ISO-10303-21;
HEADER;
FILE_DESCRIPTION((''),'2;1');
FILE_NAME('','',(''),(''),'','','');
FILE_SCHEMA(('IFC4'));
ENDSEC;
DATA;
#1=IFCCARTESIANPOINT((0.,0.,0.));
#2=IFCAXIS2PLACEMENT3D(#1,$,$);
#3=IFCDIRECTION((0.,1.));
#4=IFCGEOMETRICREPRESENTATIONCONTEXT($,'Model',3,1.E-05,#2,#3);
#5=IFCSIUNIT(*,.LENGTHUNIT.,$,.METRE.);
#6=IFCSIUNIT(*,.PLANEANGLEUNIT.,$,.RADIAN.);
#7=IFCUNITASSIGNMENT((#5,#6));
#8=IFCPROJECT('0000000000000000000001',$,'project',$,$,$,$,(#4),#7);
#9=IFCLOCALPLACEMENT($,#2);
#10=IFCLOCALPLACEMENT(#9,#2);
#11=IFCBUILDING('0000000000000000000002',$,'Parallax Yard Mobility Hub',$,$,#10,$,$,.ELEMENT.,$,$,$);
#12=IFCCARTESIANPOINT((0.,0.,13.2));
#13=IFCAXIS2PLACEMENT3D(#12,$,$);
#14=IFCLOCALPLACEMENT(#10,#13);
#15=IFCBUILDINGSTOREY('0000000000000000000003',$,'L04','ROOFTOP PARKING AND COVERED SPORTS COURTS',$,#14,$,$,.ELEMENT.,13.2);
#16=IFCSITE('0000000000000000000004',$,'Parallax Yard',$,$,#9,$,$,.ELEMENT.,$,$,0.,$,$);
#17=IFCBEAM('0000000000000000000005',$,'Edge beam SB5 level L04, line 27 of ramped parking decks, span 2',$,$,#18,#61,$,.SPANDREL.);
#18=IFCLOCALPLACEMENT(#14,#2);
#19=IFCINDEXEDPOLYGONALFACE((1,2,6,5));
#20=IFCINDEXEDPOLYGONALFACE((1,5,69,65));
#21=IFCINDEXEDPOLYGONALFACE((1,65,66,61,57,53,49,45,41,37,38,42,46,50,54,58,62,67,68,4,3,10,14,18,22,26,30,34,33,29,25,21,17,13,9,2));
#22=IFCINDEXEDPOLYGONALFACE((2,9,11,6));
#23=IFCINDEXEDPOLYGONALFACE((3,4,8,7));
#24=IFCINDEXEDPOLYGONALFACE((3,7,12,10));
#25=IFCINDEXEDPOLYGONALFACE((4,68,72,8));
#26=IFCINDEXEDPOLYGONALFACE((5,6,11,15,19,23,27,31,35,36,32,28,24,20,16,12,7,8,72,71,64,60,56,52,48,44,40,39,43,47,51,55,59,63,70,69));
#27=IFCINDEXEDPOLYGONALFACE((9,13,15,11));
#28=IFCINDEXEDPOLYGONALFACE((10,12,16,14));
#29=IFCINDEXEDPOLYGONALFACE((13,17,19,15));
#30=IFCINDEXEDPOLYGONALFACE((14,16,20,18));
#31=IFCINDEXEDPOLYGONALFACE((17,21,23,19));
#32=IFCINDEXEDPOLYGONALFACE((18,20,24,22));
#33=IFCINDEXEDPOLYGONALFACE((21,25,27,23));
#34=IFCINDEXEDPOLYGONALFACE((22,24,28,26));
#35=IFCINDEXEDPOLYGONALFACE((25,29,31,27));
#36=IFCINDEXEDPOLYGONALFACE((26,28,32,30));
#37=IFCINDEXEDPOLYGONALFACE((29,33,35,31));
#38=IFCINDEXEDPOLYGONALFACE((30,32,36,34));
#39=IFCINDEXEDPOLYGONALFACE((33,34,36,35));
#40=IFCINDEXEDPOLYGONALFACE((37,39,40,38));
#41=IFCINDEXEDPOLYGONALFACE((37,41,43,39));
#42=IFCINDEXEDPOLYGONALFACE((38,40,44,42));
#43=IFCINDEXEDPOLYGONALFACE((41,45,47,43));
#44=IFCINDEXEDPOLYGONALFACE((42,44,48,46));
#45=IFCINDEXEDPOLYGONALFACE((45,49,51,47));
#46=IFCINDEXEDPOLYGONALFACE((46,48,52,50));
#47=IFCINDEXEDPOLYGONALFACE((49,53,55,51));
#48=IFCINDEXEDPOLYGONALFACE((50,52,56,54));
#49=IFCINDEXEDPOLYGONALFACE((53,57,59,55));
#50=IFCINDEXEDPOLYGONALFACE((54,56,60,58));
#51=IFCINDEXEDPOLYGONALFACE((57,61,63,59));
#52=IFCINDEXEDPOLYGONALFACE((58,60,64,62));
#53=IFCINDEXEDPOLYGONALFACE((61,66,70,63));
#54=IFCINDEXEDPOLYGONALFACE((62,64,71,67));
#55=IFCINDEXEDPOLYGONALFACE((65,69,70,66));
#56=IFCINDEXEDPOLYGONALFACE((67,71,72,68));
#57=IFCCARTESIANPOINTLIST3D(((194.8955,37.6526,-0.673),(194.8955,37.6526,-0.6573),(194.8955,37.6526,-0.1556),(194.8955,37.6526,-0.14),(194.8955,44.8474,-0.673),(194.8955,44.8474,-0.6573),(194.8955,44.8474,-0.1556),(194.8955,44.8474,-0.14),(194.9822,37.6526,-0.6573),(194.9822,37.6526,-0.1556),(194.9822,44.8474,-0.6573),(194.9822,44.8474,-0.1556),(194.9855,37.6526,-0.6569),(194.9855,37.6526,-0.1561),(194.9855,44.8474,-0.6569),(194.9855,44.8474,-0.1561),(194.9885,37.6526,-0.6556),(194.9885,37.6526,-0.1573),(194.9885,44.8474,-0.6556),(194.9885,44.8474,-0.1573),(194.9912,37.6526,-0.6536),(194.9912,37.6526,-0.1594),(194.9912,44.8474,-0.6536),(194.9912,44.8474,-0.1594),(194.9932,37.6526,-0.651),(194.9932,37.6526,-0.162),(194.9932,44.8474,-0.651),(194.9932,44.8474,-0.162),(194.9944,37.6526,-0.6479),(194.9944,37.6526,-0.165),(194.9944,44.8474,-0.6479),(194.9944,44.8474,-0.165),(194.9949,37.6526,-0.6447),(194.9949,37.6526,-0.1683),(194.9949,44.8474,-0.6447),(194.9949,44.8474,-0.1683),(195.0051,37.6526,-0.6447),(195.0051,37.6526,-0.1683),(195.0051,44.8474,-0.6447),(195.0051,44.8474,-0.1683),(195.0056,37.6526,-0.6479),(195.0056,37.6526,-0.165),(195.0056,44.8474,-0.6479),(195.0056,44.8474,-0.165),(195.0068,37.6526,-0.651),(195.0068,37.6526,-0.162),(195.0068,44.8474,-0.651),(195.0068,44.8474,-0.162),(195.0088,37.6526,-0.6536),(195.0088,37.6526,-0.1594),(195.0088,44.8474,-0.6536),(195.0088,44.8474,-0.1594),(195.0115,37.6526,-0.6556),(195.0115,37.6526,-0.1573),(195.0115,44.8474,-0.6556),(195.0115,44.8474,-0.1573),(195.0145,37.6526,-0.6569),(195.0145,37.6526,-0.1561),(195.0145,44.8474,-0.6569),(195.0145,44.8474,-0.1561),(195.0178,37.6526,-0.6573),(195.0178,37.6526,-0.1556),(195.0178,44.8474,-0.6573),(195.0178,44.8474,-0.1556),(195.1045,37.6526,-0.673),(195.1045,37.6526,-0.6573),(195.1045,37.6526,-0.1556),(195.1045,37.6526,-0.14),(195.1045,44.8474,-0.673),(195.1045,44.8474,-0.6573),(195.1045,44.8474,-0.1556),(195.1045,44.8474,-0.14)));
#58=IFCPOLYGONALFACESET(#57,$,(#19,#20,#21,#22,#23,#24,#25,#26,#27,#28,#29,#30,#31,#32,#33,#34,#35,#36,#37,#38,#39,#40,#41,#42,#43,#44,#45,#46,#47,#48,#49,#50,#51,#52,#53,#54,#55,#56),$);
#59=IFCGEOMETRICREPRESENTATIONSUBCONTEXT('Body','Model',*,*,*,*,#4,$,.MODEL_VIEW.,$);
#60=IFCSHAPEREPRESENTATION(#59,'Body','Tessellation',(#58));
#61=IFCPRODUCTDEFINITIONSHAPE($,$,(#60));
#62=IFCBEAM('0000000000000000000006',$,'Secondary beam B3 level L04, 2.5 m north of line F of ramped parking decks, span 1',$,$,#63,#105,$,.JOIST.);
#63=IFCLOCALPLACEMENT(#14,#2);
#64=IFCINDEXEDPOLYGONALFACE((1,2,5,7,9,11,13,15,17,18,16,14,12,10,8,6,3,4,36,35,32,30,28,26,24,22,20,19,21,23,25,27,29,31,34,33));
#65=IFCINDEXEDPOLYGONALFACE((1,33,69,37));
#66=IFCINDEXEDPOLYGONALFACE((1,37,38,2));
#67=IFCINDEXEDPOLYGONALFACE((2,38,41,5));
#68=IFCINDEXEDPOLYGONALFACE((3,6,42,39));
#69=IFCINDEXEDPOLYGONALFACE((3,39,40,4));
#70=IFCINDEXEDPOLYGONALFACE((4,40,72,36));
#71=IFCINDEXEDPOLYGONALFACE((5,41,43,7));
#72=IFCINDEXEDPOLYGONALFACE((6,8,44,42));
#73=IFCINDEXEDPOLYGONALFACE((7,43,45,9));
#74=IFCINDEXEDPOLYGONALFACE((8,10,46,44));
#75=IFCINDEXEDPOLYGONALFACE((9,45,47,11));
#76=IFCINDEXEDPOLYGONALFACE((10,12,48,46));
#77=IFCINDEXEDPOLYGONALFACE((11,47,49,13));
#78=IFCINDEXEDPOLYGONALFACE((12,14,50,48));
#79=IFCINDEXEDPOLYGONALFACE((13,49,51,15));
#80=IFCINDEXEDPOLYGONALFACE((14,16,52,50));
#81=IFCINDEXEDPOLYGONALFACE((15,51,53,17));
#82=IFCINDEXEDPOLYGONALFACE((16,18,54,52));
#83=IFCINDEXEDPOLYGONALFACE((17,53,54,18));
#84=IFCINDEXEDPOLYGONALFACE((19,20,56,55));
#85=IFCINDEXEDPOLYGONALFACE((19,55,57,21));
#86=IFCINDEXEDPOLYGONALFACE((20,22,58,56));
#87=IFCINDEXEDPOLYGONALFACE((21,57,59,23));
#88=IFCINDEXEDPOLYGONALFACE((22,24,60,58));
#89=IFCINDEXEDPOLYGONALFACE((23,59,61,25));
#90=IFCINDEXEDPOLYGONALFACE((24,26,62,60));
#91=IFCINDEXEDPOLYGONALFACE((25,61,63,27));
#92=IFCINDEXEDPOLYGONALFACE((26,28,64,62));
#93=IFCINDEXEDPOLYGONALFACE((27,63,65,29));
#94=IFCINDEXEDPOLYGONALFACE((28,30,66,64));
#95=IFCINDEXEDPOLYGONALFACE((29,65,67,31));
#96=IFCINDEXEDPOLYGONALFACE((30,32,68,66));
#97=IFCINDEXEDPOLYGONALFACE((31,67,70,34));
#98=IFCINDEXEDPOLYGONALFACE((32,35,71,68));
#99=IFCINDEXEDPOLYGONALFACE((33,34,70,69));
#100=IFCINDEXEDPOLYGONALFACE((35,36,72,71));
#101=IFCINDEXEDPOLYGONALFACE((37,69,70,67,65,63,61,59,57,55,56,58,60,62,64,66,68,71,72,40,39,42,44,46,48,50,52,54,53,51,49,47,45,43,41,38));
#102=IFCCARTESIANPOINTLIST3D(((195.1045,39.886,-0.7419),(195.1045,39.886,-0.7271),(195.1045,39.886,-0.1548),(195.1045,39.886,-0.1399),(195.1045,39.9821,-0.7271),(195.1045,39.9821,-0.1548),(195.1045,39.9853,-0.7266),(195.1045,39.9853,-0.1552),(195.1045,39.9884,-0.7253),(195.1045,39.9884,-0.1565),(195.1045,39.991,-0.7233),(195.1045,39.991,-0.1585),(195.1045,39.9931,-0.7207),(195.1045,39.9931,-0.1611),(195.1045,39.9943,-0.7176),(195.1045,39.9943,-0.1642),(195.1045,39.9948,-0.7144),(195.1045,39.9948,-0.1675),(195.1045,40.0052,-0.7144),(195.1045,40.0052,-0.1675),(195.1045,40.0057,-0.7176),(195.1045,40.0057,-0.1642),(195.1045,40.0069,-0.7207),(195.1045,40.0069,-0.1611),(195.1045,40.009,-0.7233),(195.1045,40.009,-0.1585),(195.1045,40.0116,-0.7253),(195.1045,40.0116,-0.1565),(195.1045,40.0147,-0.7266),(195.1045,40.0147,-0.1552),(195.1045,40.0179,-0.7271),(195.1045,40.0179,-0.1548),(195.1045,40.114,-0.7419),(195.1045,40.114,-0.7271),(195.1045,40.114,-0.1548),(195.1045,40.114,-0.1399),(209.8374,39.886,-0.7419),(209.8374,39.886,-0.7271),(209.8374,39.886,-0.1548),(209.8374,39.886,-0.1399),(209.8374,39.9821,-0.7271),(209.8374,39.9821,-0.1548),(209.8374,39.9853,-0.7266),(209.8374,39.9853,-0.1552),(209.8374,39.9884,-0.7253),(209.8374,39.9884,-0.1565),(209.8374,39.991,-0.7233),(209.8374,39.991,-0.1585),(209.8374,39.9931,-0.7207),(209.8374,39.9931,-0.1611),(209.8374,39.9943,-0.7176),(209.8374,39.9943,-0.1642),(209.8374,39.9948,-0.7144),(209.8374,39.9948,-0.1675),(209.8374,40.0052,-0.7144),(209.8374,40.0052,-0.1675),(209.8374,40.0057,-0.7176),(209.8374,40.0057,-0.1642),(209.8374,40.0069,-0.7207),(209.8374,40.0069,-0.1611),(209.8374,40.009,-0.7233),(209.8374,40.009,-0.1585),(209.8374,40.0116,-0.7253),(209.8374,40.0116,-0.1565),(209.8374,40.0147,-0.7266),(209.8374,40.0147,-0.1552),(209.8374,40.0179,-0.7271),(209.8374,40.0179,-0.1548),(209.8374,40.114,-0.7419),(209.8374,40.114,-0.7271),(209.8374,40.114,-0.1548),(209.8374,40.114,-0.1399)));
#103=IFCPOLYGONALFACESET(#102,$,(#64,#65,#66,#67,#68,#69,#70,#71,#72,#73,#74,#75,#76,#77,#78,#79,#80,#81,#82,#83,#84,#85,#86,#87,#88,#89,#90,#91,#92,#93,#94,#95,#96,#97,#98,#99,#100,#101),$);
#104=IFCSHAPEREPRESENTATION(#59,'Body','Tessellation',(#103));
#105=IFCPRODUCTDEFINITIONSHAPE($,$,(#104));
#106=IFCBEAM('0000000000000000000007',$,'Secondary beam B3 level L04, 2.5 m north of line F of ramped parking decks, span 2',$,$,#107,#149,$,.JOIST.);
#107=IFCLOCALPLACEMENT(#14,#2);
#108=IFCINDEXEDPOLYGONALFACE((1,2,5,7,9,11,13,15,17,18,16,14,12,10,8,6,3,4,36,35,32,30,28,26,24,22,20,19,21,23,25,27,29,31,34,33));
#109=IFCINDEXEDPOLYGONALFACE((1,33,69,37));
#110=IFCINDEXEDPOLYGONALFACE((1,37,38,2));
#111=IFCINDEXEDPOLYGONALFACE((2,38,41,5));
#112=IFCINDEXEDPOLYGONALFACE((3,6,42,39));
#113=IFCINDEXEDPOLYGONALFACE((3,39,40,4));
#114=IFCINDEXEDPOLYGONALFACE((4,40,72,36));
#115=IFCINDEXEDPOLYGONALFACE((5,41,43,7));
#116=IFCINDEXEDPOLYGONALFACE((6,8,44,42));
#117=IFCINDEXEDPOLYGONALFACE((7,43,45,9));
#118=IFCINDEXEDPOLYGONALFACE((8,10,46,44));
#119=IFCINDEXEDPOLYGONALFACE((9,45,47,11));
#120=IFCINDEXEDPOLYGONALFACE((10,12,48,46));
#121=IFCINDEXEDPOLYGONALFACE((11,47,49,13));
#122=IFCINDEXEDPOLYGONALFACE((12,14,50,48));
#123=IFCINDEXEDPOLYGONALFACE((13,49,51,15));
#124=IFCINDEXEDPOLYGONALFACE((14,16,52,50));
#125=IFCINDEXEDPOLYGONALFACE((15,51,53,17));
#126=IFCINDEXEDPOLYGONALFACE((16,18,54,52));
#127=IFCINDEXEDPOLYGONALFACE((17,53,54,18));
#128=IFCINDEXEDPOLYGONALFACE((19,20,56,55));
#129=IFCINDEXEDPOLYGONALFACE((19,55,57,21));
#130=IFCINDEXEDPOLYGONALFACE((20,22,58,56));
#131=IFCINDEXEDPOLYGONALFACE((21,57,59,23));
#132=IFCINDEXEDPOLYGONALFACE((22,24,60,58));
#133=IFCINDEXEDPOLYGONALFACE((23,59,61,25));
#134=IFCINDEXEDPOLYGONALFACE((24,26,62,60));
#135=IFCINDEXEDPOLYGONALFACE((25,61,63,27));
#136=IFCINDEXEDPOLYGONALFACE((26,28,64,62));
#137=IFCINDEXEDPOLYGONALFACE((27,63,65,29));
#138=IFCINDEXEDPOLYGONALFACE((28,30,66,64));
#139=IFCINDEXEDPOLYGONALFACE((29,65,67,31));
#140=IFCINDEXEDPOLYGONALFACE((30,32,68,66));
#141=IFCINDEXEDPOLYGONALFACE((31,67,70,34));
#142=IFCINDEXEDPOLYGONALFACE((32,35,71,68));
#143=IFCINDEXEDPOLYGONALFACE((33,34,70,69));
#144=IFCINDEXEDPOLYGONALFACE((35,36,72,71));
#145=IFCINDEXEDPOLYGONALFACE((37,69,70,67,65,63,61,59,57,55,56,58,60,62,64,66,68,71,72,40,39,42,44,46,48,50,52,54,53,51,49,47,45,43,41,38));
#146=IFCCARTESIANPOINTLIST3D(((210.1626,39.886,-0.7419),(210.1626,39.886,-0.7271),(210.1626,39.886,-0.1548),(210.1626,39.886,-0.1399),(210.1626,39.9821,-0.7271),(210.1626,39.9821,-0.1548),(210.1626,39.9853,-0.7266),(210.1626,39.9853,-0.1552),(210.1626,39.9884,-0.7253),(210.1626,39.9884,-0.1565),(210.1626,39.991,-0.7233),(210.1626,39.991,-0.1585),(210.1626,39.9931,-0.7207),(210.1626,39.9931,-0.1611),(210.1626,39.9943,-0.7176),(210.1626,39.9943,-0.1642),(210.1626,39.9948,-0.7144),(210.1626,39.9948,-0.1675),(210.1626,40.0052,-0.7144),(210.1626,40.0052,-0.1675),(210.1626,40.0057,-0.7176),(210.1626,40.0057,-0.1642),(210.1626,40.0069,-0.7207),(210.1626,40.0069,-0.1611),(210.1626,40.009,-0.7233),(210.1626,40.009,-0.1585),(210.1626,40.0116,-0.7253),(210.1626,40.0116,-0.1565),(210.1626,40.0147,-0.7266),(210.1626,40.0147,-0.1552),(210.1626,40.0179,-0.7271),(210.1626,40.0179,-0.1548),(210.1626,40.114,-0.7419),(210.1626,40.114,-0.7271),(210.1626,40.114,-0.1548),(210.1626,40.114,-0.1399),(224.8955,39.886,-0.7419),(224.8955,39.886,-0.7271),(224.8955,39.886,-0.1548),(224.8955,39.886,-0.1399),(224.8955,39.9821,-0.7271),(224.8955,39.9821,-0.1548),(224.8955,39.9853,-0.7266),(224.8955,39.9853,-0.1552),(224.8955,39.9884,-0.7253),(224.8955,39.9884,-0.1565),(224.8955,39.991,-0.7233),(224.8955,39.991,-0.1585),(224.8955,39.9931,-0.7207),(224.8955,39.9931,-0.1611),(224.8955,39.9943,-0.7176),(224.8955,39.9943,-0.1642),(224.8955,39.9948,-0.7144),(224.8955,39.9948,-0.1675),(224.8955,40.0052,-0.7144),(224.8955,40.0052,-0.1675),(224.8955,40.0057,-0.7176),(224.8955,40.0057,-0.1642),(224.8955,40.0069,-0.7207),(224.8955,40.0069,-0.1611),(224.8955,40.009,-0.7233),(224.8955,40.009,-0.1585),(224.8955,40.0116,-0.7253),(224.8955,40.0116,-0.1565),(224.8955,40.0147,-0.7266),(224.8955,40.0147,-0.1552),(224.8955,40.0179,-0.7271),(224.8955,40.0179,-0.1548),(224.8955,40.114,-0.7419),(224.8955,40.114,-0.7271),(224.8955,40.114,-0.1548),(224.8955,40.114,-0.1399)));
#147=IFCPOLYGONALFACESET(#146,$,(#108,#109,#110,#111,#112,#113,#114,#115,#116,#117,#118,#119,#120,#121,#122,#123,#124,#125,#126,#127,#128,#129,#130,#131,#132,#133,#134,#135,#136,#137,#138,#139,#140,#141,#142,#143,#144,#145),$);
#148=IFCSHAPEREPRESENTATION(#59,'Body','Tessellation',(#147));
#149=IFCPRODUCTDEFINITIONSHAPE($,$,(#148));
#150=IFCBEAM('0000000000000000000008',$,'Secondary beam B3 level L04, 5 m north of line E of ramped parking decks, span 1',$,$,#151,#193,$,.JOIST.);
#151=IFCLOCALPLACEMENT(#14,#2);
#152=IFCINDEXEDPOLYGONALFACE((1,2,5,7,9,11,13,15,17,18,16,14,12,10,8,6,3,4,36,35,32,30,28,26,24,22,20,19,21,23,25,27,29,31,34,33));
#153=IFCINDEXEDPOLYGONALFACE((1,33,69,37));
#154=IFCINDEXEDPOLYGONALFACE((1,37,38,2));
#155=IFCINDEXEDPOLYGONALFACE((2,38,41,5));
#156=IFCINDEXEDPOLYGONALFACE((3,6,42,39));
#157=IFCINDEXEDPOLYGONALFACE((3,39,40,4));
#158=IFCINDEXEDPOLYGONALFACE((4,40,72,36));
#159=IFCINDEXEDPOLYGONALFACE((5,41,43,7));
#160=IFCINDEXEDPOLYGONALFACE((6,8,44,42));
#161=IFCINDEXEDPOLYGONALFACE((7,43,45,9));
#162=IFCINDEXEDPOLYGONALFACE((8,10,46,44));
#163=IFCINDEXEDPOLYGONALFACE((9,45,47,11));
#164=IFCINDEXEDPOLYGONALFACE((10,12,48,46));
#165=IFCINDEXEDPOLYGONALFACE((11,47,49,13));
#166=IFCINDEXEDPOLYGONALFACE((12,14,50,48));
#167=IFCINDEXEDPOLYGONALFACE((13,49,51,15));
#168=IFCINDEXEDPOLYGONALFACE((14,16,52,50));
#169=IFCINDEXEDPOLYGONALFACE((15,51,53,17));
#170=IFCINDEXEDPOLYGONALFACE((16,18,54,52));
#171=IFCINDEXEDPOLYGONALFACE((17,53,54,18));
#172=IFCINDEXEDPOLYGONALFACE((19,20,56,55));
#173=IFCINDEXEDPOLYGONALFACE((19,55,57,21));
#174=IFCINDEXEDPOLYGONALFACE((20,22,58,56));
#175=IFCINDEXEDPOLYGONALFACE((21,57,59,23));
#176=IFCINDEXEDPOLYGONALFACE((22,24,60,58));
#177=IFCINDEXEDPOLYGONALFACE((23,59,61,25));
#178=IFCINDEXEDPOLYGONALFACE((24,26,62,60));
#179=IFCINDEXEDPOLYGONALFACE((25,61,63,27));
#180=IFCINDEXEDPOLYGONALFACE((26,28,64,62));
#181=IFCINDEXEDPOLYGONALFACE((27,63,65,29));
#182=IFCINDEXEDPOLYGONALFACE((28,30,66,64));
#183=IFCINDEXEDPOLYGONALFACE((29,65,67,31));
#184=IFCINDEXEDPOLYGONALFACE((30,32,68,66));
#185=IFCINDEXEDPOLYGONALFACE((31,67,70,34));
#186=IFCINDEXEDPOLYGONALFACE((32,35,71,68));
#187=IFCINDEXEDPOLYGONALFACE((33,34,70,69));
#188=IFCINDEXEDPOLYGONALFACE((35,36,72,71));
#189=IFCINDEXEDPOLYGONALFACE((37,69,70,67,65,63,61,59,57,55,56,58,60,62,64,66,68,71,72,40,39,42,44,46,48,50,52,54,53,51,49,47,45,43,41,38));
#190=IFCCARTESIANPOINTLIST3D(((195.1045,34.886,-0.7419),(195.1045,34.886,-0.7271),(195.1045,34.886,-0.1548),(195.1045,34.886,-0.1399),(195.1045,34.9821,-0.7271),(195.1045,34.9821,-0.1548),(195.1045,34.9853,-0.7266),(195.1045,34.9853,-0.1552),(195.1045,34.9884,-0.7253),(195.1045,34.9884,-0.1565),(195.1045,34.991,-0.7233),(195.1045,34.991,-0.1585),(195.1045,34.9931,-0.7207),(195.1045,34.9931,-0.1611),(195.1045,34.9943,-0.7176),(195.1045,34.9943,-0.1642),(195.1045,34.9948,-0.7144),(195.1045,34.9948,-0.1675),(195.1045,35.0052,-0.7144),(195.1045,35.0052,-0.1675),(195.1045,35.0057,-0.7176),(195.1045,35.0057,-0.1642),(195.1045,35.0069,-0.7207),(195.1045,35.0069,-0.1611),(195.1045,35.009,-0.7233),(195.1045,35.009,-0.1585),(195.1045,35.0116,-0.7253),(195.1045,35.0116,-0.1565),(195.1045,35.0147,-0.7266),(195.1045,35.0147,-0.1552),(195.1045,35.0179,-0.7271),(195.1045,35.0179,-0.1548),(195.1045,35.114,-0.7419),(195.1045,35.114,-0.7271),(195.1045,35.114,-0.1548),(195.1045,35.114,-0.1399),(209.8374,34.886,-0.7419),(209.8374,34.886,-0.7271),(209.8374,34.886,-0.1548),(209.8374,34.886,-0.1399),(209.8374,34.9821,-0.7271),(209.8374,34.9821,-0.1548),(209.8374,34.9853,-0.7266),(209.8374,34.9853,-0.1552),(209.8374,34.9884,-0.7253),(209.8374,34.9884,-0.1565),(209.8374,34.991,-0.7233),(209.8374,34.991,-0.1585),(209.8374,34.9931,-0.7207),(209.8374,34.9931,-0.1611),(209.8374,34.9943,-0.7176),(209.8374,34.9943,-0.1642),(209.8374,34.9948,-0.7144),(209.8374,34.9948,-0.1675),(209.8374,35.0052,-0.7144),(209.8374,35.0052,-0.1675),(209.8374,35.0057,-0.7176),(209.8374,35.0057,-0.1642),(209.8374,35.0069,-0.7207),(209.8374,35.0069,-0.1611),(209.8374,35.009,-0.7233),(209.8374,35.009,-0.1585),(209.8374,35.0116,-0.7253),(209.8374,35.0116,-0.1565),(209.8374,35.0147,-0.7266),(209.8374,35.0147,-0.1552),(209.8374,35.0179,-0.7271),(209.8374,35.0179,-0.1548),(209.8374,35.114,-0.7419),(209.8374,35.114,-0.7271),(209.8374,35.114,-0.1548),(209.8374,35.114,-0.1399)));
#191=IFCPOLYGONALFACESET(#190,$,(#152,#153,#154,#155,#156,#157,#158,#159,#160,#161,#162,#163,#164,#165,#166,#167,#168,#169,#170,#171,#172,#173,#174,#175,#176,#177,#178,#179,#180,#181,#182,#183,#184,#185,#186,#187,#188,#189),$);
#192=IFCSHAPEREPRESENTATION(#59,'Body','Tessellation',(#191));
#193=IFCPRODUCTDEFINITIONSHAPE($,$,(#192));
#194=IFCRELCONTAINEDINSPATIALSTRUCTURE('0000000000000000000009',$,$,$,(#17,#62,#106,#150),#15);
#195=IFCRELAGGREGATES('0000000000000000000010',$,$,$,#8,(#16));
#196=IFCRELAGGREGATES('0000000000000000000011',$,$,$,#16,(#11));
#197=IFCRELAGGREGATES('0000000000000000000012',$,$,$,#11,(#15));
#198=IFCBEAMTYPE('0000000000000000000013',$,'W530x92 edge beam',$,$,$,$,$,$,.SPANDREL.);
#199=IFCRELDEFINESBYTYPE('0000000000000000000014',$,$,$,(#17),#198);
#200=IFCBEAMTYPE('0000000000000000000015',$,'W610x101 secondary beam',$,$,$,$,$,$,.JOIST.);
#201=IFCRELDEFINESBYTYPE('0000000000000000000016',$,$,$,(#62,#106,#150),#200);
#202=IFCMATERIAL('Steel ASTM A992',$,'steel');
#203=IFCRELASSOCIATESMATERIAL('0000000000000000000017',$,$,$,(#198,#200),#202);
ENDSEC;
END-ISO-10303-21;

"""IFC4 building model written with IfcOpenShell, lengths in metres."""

from ifc_helpers import new_model, si_unit, direction, frame, origin, origin_2d, place, context, subcontext, project, spatial, i_section, extrude, material, material_profile, profile_set, type_object, element, save


model = new_model("IFC4")

# Units and contexts
model_context = context("Model", 3, precision=1e-05, world=origin(), true_north=direction((0.0, 1.0)))
body_context = subcontext(model_context, "Body", "Model", "MODEL_VIEW")
ifc_project = project(units=[si_unit("LENGTHUNIT", "METRE"), si_unit("PLANEANGLEUNIT", "RADIAN")], contexts=[model_context])

# Site, building, storey
site_placement = place(None, origin())
site = spatial("IfcSite", under=ifc_project, at=site_placement, Name="Parallax Yard", CompositionType="ELEMENT", RefElevation=0.0)
building_placement = place(site_placement, origin())
building = spatial("IfcBuilding", under=site, at=building_placement, Name="Parallax Yard Mobility Hub", CompositionType="ELEMENT")
storey_placement = place(building_placement, frame((0.0, 0.0, 13.2)))
storey = spatial("IfcBuildingStorey", under=building, at=storey_placement, Name="L04", Description="ROOFTOP PARKING AND COVERED SPORTS COURTS", CompositionType="ELEMENT", Elevation=13.2)

# Shared definitions
ifc_material_1 = material(Name="Steel ASTM A992", Category="steel")

# Beams
ifc_material_profile_1 = material_profile(ifc_material_1, i_section(OverallWidth=0.209, OverallDepth=0.533, WebThickness=0.0103, FlangeThickness=0.0156, FilletRadius=0.0127, at=origin_2d()), Name="W530x92")
ifc_profile_set_1 = profile_set([ifc_material_profile_1], Name="Steel ASTM A992")
beam_type_1 = type_object("IfcBeamType", Name="W530x92 edge beam", PredefinedType="SPANDREL", material=ifc_profile_set_1)
beam_1_placement = place(storey_placement, frame((195.0, 37.6526, -0.4065), z_axis=(0.0, 1.0, 0.0), x_axis=(-1.0, 0.0, 0.0)))
element("IfcBeam", 1, at=beam_1_placement, inside=storey, type_object=beam_type_1, Name="Edge beam SB5 level L04, line 27 of ramped parking decks, span 2", PredefinedType="SPANDREL", context=body_context, shape_type="SweptSolid", body=[
    extrude(i_section(OverallWidth=0.209, OverallDepth=0.533, WebThickness=0.0103, FlangeThickness=0.0156, FilletRadius=0.0127, at=origin_2d()), origin(), (0.0, 0.0, 1.0), 7.1948),
])
ifc_material_profile_2 = material_profile(ifc_material_1, i_section(OverallWidth=0.228, OverallDepth=0.6021, WebThickness=0.0105, FlangeThickness=0.0149, FilletRadius=0.0127, at=origin_2d()), Name="W610x101")
ifc_profile_set_2 = profile_set([ifc_material_profile_2], Name="Steel ASTM A992")
beam_type_2 = type_object("IfcBeamType", Name="W610x101 secondary beam", PredefinedType="JOIST", material=ifc_profile_set_2)
for number, where, z_axis, x_axis, name in (
    (2, (195.1045, 40.0, -0.4409), (1.0, 0.0, 0.0), (0.0, 1.0, 0.0), "Secondary beam B3 level L04, 2.5 m north of line F of ramped parking decks, span 1"),
    (3, (210.1626, 40.0, -0.4409), (1.0, 0.0, 0.0), (0.0, 1.0, 0.0), "Secondary beam B3 level L04, 2.5 m north of line F of ramped parking decks, span 2"),
    (4, (195.1045, 35.0, -0.4409), (1.0, 0.0, 0.0), (0.0, 1.0, 0.0), "Secondary beam B3 level L04, 5 m north of line E of ramped parking decks, span 1"),
):
    element("IfcBeam", number, at=place(storey_placement, frame(where, z_axis=z_axis, x_axis=x_axis)), inside=storey, type_object=beam_type_2, Name=name, PredefinedType="JOIST", context=body_context, shape_type="SweptSolid", body=[
        extrude(i_section(OverallWidth=0.228, OverallDepth=0.6021, WebThickness=0.0105, FlangeThickness=0.0149, FilletRadius=0.0127, at=origin_2d()), origin(), (0.0, 0.0, 1.0), 14.7329),
    ])

save(model, "model.ifc")
